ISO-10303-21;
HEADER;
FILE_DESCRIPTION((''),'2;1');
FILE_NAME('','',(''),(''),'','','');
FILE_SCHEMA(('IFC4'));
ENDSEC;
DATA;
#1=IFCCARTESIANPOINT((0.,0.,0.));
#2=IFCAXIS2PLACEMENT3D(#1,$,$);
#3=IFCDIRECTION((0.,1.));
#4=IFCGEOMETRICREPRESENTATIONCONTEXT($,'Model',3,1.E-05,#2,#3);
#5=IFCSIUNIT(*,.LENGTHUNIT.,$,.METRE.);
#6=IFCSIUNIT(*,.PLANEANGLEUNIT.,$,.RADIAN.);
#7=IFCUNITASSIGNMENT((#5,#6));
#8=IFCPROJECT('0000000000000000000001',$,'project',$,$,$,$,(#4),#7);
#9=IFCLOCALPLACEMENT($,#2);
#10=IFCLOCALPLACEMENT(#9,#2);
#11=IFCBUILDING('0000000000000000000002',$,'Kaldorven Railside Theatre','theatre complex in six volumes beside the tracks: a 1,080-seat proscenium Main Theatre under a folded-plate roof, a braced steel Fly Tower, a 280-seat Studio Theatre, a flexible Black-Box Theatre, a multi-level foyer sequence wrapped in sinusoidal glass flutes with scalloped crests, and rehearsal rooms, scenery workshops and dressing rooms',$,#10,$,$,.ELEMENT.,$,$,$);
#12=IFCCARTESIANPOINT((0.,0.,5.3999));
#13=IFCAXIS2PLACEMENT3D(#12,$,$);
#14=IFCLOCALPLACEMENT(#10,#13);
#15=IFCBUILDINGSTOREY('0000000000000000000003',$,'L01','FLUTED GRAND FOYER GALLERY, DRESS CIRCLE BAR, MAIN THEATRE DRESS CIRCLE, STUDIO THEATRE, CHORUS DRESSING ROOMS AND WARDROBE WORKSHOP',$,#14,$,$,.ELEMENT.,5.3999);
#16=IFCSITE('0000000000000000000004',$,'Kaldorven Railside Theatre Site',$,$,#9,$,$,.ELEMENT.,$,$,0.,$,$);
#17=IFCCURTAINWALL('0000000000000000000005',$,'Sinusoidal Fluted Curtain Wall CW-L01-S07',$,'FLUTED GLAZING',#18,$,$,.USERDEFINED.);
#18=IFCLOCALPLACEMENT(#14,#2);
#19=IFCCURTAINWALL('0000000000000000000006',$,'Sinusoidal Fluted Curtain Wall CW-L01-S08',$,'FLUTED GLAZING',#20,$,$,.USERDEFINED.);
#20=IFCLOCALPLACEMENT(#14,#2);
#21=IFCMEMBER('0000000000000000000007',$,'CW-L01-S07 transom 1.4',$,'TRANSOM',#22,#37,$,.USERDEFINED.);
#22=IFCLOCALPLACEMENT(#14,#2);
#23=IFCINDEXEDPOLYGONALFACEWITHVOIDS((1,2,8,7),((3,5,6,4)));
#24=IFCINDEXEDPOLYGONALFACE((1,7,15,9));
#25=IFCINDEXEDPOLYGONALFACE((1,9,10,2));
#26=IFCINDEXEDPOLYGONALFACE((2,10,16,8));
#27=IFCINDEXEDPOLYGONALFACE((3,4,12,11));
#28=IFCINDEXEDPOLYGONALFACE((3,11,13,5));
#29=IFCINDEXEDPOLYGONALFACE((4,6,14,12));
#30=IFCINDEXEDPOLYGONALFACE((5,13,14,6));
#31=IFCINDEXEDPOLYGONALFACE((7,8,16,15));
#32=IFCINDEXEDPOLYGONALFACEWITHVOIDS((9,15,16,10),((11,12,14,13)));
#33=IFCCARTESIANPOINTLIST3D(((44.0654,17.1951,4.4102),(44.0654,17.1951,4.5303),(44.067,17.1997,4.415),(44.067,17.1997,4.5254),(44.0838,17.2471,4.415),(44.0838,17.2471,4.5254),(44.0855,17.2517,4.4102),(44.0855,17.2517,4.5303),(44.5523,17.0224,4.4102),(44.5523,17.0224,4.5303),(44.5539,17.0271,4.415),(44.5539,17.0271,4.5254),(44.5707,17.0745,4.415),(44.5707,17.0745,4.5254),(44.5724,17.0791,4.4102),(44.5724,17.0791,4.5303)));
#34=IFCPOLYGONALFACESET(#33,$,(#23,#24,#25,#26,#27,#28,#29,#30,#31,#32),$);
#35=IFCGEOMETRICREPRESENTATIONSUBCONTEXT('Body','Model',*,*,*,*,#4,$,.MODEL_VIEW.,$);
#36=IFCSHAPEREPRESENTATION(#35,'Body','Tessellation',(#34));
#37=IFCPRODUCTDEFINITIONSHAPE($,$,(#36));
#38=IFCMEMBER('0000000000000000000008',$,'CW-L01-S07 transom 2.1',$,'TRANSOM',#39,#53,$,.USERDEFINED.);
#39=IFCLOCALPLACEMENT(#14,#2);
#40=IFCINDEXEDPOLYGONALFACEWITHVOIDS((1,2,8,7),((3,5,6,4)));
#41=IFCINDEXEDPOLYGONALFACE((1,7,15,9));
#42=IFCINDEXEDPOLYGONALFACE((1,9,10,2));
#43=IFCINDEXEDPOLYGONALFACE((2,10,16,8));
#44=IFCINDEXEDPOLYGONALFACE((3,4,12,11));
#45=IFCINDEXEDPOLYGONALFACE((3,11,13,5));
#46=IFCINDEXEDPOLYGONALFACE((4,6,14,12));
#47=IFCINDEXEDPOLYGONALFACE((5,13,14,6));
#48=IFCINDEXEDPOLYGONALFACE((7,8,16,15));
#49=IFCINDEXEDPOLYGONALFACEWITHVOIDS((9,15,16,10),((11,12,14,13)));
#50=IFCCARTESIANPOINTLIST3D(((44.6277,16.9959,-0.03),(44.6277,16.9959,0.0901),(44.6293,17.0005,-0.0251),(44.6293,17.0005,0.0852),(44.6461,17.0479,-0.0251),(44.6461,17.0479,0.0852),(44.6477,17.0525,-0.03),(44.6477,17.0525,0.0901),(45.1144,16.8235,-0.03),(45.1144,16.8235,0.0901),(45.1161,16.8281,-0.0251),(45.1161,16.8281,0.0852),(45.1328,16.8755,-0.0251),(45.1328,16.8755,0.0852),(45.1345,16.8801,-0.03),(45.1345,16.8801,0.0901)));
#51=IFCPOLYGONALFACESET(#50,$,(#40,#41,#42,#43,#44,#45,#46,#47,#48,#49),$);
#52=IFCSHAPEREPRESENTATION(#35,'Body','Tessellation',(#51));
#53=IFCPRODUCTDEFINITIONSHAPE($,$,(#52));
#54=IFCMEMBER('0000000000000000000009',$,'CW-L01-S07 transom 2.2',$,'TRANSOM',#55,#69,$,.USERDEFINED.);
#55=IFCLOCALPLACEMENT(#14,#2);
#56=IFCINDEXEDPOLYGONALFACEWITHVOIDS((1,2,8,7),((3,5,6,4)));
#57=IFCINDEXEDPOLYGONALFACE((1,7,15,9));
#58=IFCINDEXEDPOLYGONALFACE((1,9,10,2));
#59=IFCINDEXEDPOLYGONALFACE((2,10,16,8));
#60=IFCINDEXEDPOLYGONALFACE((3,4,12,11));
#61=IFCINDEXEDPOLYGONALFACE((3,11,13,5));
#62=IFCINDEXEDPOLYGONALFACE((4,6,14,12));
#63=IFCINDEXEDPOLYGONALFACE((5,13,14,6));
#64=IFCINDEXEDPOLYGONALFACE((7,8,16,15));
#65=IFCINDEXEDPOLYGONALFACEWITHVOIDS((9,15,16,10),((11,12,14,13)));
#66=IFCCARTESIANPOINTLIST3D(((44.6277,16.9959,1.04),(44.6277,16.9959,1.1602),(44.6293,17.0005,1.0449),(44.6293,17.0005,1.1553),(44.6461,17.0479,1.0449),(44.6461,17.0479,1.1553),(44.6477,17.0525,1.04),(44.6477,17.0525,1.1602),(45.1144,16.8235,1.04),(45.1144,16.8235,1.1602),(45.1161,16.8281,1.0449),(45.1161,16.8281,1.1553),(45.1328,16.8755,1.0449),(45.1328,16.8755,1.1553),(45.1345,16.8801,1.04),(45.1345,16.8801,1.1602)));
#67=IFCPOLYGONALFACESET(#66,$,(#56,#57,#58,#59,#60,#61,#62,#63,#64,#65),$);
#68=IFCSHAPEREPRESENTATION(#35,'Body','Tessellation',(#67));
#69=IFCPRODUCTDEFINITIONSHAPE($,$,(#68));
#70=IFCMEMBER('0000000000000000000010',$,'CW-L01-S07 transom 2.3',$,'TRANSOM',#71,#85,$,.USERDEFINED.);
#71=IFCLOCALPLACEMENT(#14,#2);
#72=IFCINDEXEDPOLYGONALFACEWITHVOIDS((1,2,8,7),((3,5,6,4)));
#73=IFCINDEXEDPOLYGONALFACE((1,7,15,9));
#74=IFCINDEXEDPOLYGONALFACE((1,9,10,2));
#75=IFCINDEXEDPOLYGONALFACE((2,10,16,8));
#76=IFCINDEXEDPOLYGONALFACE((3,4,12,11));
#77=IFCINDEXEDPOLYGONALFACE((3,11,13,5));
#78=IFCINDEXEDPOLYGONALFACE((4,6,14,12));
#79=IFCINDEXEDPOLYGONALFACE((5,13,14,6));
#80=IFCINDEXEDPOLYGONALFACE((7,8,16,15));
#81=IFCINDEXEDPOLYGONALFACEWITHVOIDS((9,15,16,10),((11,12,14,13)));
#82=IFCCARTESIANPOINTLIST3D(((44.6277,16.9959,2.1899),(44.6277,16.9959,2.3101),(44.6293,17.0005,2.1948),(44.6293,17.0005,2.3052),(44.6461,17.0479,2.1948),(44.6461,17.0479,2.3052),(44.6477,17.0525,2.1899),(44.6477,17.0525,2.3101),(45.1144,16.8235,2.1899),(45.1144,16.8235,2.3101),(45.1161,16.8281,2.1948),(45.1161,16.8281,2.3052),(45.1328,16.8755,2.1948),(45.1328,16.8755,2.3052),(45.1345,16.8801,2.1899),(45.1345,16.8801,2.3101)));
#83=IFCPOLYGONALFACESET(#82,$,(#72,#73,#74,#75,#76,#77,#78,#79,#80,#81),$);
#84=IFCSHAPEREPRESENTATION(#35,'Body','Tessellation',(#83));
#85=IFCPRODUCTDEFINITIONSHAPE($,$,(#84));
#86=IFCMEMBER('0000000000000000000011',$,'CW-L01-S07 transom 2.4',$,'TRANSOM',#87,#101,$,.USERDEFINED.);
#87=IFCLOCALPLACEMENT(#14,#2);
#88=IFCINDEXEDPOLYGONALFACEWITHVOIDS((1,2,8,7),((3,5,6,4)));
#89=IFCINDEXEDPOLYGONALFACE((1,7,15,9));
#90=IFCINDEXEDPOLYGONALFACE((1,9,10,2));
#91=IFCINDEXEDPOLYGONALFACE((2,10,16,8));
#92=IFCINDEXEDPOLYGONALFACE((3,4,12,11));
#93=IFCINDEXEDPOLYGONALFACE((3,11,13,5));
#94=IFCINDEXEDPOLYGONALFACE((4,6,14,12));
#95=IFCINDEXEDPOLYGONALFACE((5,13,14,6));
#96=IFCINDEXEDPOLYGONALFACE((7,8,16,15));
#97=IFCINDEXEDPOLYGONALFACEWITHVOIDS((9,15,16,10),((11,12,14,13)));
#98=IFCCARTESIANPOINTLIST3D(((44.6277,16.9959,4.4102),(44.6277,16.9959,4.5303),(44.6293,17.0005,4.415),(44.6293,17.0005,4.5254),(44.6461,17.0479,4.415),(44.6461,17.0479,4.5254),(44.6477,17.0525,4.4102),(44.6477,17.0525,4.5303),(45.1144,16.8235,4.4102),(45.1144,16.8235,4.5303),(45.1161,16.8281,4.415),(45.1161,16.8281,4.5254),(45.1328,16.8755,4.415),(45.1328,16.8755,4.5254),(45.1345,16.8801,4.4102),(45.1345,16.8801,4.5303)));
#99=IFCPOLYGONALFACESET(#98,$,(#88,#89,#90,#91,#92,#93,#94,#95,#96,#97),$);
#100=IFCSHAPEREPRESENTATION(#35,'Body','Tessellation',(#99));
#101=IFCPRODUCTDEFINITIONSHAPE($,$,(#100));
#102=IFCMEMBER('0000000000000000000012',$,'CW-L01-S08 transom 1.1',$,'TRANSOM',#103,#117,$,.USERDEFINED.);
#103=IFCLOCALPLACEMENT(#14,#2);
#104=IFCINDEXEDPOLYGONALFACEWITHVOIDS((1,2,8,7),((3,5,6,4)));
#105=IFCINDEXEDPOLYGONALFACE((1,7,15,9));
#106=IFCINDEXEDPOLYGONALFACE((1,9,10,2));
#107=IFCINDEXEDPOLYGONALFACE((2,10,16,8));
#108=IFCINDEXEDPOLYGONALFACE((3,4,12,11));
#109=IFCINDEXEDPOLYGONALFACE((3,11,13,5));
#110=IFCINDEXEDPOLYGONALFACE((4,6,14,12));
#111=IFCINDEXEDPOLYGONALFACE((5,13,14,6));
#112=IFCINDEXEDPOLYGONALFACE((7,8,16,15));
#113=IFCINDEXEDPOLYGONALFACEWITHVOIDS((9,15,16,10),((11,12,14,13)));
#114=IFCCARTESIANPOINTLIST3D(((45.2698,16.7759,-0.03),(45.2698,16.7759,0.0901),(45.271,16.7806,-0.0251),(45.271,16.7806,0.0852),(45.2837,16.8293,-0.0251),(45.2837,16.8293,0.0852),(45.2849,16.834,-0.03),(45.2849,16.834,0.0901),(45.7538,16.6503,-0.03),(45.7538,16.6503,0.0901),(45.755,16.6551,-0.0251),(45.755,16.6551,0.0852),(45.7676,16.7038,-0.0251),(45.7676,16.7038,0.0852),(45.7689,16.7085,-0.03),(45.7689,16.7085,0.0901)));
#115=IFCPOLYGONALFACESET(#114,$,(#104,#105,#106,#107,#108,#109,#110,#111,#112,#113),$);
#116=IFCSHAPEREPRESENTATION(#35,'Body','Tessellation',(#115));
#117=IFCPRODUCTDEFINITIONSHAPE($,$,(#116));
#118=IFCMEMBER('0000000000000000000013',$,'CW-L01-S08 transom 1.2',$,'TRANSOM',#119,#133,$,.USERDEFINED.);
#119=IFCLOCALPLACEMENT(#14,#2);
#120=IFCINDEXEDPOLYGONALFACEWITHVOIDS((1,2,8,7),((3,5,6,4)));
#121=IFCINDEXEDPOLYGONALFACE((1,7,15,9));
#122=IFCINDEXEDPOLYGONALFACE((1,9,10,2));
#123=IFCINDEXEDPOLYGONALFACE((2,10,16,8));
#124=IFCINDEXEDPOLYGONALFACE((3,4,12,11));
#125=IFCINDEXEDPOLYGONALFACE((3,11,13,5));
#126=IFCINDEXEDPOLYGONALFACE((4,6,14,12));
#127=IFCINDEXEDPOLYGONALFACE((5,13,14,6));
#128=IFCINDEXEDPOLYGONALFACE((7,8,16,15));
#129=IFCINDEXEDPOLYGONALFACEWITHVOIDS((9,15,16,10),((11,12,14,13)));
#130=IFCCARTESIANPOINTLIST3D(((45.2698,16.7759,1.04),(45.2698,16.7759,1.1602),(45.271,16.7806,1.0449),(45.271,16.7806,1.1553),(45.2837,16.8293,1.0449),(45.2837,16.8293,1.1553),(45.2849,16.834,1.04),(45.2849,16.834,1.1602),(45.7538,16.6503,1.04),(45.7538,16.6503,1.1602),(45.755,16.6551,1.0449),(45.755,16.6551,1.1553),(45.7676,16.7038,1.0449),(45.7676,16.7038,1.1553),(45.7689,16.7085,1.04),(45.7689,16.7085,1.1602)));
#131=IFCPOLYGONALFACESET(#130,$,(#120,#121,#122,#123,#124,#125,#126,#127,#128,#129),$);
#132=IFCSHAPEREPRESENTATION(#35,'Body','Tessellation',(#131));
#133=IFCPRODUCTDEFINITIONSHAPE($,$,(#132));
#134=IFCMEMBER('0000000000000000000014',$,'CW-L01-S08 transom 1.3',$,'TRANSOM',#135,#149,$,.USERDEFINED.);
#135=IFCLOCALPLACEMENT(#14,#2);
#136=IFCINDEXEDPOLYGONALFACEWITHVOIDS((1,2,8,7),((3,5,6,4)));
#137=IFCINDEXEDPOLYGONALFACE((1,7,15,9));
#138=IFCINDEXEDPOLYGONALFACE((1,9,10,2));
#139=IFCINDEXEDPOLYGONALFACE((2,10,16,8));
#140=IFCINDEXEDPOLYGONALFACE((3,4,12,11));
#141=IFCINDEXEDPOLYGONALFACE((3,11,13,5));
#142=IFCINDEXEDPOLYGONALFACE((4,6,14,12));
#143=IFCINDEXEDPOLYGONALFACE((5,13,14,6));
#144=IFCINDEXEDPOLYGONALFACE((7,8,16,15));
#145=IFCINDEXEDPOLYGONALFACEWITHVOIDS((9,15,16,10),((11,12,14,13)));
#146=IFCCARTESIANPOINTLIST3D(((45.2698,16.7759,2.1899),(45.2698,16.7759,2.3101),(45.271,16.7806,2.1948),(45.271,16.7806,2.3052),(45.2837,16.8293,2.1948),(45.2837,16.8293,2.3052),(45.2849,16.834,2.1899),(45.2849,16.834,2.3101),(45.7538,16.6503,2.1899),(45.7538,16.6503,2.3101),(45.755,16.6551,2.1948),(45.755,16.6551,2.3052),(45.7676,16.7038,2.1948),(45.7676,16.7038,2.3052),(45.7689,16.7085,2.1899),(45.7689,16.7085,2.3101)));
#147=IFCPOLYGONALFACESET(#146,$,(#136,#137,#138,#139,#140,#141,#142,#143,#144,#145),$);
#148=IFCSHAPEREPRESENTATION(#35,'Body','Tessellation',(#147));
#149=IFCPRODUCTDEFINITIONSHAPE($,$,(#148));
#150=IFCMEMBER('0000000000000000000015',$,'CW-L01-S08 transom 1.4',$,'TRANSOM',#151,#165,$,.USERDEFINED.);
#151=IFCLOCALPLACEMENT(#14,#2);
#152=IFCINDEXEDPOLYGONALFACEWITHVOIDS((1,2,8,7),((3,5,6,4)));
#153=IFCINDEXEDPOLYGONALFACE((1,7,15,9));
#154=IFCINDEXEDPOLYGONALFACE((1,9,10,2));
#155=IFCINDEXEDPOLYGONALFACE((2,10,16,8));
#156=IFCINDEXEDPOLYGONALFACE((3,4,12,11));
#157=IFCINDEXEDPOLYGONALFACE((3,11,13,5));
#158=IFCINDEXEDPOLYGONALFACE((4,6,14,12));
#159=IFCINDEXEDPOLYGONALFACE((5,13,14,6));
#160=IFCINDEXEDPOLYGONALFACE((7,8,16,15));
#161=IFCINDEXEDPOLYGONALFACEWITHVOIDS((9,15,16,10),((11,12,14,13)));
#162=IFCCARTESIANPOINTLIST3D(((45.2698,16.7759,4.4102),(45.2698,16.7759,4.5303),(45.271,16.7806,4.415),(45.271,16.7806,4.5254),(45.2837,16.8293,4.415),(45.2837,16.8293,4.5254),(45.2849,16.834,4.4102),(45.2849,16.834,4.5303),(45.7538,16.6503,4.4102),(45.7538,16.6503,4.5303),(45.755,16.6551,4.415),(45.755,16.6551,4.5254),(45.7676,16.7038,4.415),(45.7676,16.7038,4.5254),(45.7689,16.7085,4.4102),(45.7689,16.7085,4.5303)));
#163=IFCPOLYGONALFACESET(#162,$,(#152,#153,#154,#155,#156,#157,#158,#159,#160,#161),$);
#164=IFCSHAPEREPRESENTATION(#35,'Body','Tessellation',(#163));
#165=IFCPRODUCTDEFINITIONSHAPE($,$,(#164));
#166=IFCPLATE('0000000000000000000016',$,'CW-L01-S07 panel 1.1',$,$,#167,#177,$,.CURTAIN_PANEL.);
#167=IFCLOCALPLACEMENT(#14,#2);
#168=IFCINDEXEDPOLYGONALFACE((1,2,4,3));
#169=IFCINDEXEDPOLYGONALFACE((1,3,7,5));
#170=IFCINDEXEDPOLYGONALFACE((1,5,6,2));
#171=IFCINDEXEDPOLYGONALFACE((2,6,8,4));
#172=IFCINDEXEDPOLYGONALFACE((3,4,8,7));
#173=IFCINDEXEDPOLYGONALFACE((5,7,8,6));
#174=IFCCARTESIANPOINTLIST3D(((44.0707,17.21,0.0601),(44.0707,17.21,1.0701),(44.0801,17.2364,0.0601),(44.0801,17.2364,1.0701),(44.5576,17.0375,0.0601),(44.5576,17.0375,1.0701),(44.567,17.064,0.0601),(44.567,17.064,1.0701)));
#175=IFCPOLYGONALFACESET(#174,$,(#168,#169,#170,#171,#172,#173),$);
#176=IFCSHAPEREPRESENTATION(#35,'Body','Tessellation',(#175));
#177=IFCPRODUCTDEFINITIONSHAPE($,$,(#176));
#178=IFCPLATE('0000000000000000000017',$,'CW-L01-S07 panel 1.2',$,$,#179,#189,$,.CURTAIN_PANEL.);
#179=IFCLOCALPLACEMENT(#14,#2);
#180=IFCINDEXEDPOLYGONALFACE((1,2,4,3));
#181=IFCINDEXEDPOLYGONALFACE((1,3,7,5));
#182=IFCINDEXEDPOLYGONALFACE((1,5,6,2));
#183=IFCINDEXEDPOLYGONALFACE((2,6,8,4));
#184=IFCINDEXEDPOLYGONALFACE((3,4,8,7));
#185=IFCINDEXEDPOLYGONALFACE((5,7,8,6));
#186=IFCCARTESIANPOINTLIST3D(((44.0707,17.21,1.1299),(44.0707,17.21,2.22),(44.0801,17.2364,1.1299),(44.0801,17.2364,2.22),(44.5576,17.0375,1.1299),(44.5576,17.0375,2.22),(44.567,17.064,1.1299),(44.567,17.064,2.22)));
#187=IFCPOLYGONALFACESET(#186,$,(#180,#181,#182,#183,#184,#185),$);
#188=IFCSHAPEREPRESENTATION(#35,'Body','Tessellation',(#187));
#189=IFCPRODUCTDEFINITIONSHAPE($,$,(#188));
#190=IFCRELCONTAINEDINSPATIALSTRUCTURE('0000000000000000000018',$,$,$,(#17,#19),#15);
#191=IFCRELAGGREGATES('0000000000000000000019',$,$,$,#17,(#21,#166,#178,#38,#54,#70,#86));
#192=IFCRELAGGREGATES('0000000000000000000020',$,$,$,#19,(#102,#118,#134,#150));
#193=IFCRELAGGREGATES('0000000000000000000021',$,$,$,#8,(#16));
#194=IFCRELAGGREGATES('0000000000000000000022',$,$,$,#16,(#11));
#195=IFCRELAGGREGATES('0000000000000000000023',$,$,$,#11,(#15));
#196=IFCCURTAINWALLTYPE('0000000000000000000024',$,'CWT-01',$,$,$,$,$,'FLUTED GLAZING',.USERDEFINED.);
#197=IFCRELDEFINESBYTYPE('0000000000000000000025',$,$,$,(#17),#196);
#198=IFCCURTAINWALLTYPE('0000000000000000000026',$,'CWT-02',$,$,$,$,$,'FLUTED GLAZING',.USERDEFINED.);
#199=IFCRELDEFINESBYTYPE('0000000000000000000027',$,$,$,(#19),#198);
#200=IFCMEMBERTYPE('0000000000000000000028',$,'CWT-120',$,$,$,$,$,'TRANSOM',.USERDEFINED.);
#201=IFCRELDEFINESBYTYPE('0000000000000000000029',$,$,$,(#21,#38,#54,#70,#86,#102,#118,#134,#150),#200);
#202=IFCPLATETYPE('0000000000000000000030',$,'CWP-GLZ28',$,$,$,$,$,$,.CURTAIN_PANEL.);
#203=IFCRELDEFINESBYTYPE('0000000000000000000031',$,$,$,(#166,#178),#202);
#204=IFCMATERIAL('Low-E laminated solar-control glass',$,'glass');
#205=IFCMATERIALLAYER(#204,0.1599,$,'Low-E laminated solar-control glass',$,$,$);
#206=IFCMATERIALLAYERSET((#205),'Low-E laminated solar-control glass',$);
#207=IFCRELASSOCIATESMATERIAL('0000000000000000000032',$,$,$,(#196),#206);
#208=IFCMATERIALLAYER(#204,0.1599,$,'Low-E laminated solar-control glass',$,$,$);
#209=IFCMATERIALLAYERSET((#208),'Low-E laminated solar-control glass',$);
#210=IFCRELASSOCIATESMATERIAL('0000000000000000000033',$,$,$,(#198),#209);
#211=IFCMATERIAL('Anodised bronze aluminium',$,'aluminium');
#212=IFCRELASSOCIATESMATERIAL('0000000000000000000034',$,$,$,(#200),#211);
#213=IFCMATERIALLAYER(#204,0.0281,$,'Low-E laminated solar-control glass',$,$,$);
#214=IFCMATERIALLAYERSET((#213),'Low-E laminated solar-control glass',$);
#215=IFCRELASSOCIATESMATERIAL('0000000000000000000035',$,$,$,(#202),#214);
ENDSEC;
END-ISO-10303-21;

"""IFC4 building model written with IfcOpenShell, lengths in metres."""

from ifc_helpers import new_model, si_unit, direction, frame, origin, origin_2d, place, context, subcontext, project, spatial, rectangle, hollow_rectangle, extrude, material, layer, layer_set, material_profile, profile_set, type_object, element, aggregate, save


model = new_model("IFC4")

# Units and contexts
model_context = context("Model", 3, precision=1e-05, world=origin(), true_north=direction((0.0, 1.0)))
body_context = subcontext(model_context, "Body", "Model", "MODEL_VIEW")
ifc_project = project(units=[si_unit("LENGTHUNIT", "METRE"), si_unit("PLANEANGLEUNIT", "RADIAN")], contexts=[model_context])

# Site, building, storey
site_placement = place(None, origin())
site = spatial("IfcSite", under=ifc_project, at=site_placement, Name="Kaldorven Railside Theatre Site", CompositionType="ELEMENT", RefElevation=0.0)
building_placement = place(site_placement, origin())
building = spatial("IfcBuilding", under=site, at=building_placement, Name="Kaldorven Railside Theatre", Description="theatre complex in six volumes beside the tracks: a 1,080-seat proscenium Main Theatre under a folded-plate roof, a braced steel Fly Tower, a 280-seat Studio Theatre, a flexible Black-Box Theatre, a multi-level foyer sequence wrapped in sinusoidal glass flutes with scalloped crests, and rehearsal rooms, scenery workshops and dressing rooms", CompositionType="ELEMENT")
storey_placement = place(building_placement, frame((0.0, 0.0, 5.3999)))
storey = spatial("IfcBuildingStorey", under=building, at=storey_placement, Name="L01", Description="FLUTED GRAND FOYER GALLERY, DRESS CIRCLE BAR, MAIN THEATRE DRESS CIRCLE, STUDIO THEATRE, CHORUS DRESSING ROOMS AND WARDROBE WORKSHOP", CompositionType="ELEMENT", Elevation=5.3999)

# Curtain wall
ifc_material_1 = material(Name="Low-E laminated solar-control glass", Category="glass")
ifc_layer_1 = layer(ifc_material_1, 0.1599, Name="Low-E laminated solar-control glass")
ifc_layer_set_1 = layer_set([ifc_layer_1], Name="Low-E laminated solar-control glass")
curtain_wall_type_1 = type_object("IfcCurtainWallType", Name="CWT-01", ElementType="FLUTED GLAZING", PredefinedType="USERDEFINED", material=ifc_layer_set_1)
curtain_wall_1_placement = place(storey_placement, origin())
curtain_wall_1 = element("IfcCurtainWall", 1, at=curtain_wall_1_placement, inside=storey, type_object=curtain_wall_type_1, Name="Sinusoidal Fluted Curtain Wall CW-L01-S07", ObjectType="FLUTED GLAZING", PredefinedType="USERDEFINED")
ifc_material_2 = material(Name="Anodised bronze aluminium", Category="aluminium")

# Curtain wall
ifc_layer_2 = layer(ifc_material_1, 0.1599, Name="Low-E laminated solar-control glass")
ifc_layer_set_2 = layer_set([ifc_layer_2], Name="Low-E laminated solar-control glass")
curtain_wall_type_2 = type_object("IfcCurtainWallType", Name="CWT-02", ElementType="FLUTED GLAZING", PredefinedType="USERDEFINED", material=ifc_layer_set_2)
curtain_wall_2_placement = place(storey_placement, origin())
curtain_wall_2 = element("IfcCurtainWall", 2, at=curtain_wall_2_placement, inside=storey, type_object=curtain_wall_type_2, Name="Sinusoidal Fluted Curtain Wall CW-L01-S08", ObjectType="FLUTED GLAZING", PredefinedType="USERDEFINED")

# Members
ifc_material_profile_1 = material_profile(ifc_material_2, hollow_rectangle(XDim=0.0601, YDim=0.1201, WallThickness=0.0049, at=origin_2d()), Name="RHS 120x60x5")
ifc_profile_set_1 = profile_set([ifc_material_profile_1], Name="Anodised bronze aluminium")
member_type_1 = type_object("IfcMemberType", Name="CWT-120", ElementType="TRANSOM", PredefinedType="USERDEFINED", material=ifc_profile_set_1)
member_1_placement = place(storey_placement, frame((44.0754, 17.2234, 4.4702), z_axis=(0.942509, -0.33418, 0.0), x_axis=(0.33418, 0.942509, 0.0)))
member_1 = element("IfcMember", 3, at=member_1_placement, type_object=member_type_1, Name="CW-L01-S07 transom 1.4", ObjectType="TRANSOM", PredefinedType="USERDEFINED", context=body_context, shape_type="SweptSolid", body=[
    extrude(hollow_rectangle(XDim=0.0601, YDim=0.1201, WallThickness=0.0049, at=origin_2d()), origin(), (0.0, 0.0, 1.0), 0.5166),
])
member_2_placement = place(storey_placement, frame((44.6377, 17.0242, 0.03), z_axis=(0.942658, -0.33376, 0.0), x_axis=(0.33376, 0.942658, 0.0)))
member_2 = element("IfcMember", 4, at=member_2_placement, type_object=member_type_1, Name="CW-L01-S07 transom 2.1", ObjectType="TRANSOM", PredefinedType="USERDEFINED", context=body_context, shape_type="SweptSolid", body=[
    extrude(hollow_rectangle(XDim=0.0601, YDim=0.1201, WallThickness=0.0049, at=origin_2d()), origin(), (0.0, 0.0, 1.0), 0.5164),
])
member_3_placement = place(storey_placement, frame((44.6377, 17.0242, 1.1001), z_axis=(0.942658, -0.33376, 0.0), x_axis=(0.33376, 0.942658, 0.0)))
member_3 = element("IfcMember", 5, at=member_3_placement, type_object=member_type_1, Name="CW-L01-S07 transom 2.2", ObjectType="TRANSOM", PredefinedType="USERDEFINED", context=body_context, shape_type="SweptSolid", body=[
    extrude(hollow_rectangle(XDim=0.0601, YDim=0.1201, WallThickness=0.0049, at=origin_2d()), origin(), (0.0, 0.0, 1.0), 0.5164),
])
member_4_placement = place(storey_placement, frame((44.6377, 17.0242, 2.25), z_axis=(0.942658, -0.33376, 0.0), x_axis=(0.33376, 0.942658, 0.0)))
member_4 = element("IfcMember", 6, at=member_4_placement, type_object=member_type_1, Name="CW-L01-S07 transom 2.3", ObjectType="TRANSOM", PredefinedType="USERDEFINED", context=body_context, shape_type="SweptSolid", body=[
    extrude(hollow_rectangle(XDim=0.0601, YDim=0.1201, WallThickness=0.0049, at=origin_2d()), origin(), (0.0, 0.0, 1.0), 0.5164),
])
member_5_placement = place(storey_placement, frame((44.6377, 17.0242, 4.4702), z_axis=(0.942658, -0.33376, 0.0), x_axis=(0.33376, 0.942658, 0.0)))
member_5 = element("IfcMember", 7, at=member_5_placement, type_object=member_type_1, Name="CW-L01-S07 transom 2.4", ObjectType="TRANSOM", PredefinedType="USERDEFINED", context=body_context, shape_type="SweptSolid", body=[
    extrude(hollow_rectangle(XDim=0.0601, YDim=0.1201, WallThickness=0.0049, at=origin_2d()), origin(), (0.0, 0.0, 1.0), 0.5164),
])
member_6_placement = place(storey_placement, frame((45.2773, 16.8049, 0.03), z_axis=(0.967979, -0.25103, 0.0), x_axis=(0.25103, 0.967979, 0.0)))
member_6 = element("IfcMember", 8, at=member_6_placement, type_object=member_type_1, Name="CW-L01-S08 transom 1.1", ObjectType="TRANSOM", PredefinedType="USERDEFINED", context=body_context, shape_type="SweptSolid", body=[
    extrude(hollow_rectangle(XDim=0.0601, YDim=0.1201, WallThickness=0.0049, at=origin_2d()), origin(), (0.0, 0.0, 1.0), 0.5),
])
member_7_placement = place(storey_placement, frame((45.2773, 16.8049, 1.1001), z_axis=(0.967979, -0.25103, 0.0), x_axis=(0.25103, 0.967979, 0.0)))
member_7 = element("IfcMember", 9, at=member_7_placement, type_object=member_type_1, Name="CW-L01-S08 transom 1.2", ObjectType="TRANSOM", PredefinedType="USERDEFINED", context=body_context, shape_type="SweptSolid", body=[
    extrude(hollow_rectangle(XDim=0.0601, YDim=0.1201, WallThickness=0.0049, at=origin_2d()), origin(), (0.0, 0.0, 1.0), 0.5),
])
member_8_placement = place(storey_placement, frame((45.2773, 16.8049, 2.25), z_axis=(0.967979, -0.25103, 0.0), x_axis=(0.25103, 0.967979, 0.0)))
member_8 = element("IfcMember", 10, at=member_8_placement, type_object=member_type_1, Name="CW-L01-S08 transom 1.3", ObjectType="TRANSOM", PredefinedType="USERDEFINED", context=body_context, shape_type="SweptSolid", body=[
    extrude(hollow_rectangle(XDim=0.0601, YDim=0.1201, WallThickness=0.0049, at=origin_2d()), origin(), (0.0, 0.0, 1.0), 0.5),
])
member_9_placement = place(storey_placement, frame((45.2773, 16.8049, 4.4702), z_axis=(0.967979, -0.25103, 0.0), x_axis=(0.25103, 0.967979, 0.0)))
member_9 = element("IfcMember", 11, at=member_9_placement, type_object=member_type_1, Name="CW-L01-S08 transom 1.4", ObjectType="TRANSOM", PredefinedType="USERDEFINED", context=body_context, shape_type="SweptSolid", body=[
    extrude(hollow_rectangle(XDim=0.0601, YDim=0.1201, WallThickness=0.0049, at=origin_2d()), origin(), (0.0, 0.0, 1.0), 0.5),
])

# Plates
ifc_layer_3 = layer(ifc_material_1, 0.0281, Name="Low-E laminated solar-control glass")
ifc_layer_set_3 = layer_set([ifc_layer_3], Name="Low-E laminated solar-control glass")
plate_type = type_object("IfcPlateType", Name="CWP-GLZ28", PredefinedType="CURTAIN_PANEL", material=ifc_layer_set_3)
plate_1_placement = place(storey_placement, frame((44.3188, 17.137, 0.0601), z_axis=(0.0, 0.0, 1.0), x_axis=(0.942627, -0.333847, 0.0)))
plate_1 = element("IfcPlate", 12, at=plate_1_placement, type_object=plate_type, Name="CW-L01-S07 panel 1.1", PredefinedType="CURTAIN_PANEL", context=body_context, shape_type="SweptSolid", body=[
    extrude(rectangle(XDim=0.5166, YDim=0.0281, at=origin_2d()), origin(), (0.0, 0.0, 1.0), 1.01),
])
plate_2_placement = place(storey_placement, frame((44.3188, 17.137, 1.1299), z_axis=(0.0, 0.0, 1.0), x_axis=(0.942627, -0.333847, 0.0)))
plate_2 = element("IfcPlate", 13, at=plate_2_placement, type_object=plate_type, Name="CW-L01-S07 panel 1.2", PredefinedType="CURTAIN_PANEL", context=body_context, shape_type="SweptSolid", body=[
    extrude(rectangle(XDim=0.5166, YDim=0.0281, at=origin_2d()), origin(), (0.0, 0.0, 1.0), 1.0901),
])
aggregate(curtain_wall_1, [member_1, plate_1, plate_2, member_2, member_3, member_4, member_5])
aggregate(curtain_wall_2, [member_6, member_7, member_8, member_9])

save(model, "model.ifc")
